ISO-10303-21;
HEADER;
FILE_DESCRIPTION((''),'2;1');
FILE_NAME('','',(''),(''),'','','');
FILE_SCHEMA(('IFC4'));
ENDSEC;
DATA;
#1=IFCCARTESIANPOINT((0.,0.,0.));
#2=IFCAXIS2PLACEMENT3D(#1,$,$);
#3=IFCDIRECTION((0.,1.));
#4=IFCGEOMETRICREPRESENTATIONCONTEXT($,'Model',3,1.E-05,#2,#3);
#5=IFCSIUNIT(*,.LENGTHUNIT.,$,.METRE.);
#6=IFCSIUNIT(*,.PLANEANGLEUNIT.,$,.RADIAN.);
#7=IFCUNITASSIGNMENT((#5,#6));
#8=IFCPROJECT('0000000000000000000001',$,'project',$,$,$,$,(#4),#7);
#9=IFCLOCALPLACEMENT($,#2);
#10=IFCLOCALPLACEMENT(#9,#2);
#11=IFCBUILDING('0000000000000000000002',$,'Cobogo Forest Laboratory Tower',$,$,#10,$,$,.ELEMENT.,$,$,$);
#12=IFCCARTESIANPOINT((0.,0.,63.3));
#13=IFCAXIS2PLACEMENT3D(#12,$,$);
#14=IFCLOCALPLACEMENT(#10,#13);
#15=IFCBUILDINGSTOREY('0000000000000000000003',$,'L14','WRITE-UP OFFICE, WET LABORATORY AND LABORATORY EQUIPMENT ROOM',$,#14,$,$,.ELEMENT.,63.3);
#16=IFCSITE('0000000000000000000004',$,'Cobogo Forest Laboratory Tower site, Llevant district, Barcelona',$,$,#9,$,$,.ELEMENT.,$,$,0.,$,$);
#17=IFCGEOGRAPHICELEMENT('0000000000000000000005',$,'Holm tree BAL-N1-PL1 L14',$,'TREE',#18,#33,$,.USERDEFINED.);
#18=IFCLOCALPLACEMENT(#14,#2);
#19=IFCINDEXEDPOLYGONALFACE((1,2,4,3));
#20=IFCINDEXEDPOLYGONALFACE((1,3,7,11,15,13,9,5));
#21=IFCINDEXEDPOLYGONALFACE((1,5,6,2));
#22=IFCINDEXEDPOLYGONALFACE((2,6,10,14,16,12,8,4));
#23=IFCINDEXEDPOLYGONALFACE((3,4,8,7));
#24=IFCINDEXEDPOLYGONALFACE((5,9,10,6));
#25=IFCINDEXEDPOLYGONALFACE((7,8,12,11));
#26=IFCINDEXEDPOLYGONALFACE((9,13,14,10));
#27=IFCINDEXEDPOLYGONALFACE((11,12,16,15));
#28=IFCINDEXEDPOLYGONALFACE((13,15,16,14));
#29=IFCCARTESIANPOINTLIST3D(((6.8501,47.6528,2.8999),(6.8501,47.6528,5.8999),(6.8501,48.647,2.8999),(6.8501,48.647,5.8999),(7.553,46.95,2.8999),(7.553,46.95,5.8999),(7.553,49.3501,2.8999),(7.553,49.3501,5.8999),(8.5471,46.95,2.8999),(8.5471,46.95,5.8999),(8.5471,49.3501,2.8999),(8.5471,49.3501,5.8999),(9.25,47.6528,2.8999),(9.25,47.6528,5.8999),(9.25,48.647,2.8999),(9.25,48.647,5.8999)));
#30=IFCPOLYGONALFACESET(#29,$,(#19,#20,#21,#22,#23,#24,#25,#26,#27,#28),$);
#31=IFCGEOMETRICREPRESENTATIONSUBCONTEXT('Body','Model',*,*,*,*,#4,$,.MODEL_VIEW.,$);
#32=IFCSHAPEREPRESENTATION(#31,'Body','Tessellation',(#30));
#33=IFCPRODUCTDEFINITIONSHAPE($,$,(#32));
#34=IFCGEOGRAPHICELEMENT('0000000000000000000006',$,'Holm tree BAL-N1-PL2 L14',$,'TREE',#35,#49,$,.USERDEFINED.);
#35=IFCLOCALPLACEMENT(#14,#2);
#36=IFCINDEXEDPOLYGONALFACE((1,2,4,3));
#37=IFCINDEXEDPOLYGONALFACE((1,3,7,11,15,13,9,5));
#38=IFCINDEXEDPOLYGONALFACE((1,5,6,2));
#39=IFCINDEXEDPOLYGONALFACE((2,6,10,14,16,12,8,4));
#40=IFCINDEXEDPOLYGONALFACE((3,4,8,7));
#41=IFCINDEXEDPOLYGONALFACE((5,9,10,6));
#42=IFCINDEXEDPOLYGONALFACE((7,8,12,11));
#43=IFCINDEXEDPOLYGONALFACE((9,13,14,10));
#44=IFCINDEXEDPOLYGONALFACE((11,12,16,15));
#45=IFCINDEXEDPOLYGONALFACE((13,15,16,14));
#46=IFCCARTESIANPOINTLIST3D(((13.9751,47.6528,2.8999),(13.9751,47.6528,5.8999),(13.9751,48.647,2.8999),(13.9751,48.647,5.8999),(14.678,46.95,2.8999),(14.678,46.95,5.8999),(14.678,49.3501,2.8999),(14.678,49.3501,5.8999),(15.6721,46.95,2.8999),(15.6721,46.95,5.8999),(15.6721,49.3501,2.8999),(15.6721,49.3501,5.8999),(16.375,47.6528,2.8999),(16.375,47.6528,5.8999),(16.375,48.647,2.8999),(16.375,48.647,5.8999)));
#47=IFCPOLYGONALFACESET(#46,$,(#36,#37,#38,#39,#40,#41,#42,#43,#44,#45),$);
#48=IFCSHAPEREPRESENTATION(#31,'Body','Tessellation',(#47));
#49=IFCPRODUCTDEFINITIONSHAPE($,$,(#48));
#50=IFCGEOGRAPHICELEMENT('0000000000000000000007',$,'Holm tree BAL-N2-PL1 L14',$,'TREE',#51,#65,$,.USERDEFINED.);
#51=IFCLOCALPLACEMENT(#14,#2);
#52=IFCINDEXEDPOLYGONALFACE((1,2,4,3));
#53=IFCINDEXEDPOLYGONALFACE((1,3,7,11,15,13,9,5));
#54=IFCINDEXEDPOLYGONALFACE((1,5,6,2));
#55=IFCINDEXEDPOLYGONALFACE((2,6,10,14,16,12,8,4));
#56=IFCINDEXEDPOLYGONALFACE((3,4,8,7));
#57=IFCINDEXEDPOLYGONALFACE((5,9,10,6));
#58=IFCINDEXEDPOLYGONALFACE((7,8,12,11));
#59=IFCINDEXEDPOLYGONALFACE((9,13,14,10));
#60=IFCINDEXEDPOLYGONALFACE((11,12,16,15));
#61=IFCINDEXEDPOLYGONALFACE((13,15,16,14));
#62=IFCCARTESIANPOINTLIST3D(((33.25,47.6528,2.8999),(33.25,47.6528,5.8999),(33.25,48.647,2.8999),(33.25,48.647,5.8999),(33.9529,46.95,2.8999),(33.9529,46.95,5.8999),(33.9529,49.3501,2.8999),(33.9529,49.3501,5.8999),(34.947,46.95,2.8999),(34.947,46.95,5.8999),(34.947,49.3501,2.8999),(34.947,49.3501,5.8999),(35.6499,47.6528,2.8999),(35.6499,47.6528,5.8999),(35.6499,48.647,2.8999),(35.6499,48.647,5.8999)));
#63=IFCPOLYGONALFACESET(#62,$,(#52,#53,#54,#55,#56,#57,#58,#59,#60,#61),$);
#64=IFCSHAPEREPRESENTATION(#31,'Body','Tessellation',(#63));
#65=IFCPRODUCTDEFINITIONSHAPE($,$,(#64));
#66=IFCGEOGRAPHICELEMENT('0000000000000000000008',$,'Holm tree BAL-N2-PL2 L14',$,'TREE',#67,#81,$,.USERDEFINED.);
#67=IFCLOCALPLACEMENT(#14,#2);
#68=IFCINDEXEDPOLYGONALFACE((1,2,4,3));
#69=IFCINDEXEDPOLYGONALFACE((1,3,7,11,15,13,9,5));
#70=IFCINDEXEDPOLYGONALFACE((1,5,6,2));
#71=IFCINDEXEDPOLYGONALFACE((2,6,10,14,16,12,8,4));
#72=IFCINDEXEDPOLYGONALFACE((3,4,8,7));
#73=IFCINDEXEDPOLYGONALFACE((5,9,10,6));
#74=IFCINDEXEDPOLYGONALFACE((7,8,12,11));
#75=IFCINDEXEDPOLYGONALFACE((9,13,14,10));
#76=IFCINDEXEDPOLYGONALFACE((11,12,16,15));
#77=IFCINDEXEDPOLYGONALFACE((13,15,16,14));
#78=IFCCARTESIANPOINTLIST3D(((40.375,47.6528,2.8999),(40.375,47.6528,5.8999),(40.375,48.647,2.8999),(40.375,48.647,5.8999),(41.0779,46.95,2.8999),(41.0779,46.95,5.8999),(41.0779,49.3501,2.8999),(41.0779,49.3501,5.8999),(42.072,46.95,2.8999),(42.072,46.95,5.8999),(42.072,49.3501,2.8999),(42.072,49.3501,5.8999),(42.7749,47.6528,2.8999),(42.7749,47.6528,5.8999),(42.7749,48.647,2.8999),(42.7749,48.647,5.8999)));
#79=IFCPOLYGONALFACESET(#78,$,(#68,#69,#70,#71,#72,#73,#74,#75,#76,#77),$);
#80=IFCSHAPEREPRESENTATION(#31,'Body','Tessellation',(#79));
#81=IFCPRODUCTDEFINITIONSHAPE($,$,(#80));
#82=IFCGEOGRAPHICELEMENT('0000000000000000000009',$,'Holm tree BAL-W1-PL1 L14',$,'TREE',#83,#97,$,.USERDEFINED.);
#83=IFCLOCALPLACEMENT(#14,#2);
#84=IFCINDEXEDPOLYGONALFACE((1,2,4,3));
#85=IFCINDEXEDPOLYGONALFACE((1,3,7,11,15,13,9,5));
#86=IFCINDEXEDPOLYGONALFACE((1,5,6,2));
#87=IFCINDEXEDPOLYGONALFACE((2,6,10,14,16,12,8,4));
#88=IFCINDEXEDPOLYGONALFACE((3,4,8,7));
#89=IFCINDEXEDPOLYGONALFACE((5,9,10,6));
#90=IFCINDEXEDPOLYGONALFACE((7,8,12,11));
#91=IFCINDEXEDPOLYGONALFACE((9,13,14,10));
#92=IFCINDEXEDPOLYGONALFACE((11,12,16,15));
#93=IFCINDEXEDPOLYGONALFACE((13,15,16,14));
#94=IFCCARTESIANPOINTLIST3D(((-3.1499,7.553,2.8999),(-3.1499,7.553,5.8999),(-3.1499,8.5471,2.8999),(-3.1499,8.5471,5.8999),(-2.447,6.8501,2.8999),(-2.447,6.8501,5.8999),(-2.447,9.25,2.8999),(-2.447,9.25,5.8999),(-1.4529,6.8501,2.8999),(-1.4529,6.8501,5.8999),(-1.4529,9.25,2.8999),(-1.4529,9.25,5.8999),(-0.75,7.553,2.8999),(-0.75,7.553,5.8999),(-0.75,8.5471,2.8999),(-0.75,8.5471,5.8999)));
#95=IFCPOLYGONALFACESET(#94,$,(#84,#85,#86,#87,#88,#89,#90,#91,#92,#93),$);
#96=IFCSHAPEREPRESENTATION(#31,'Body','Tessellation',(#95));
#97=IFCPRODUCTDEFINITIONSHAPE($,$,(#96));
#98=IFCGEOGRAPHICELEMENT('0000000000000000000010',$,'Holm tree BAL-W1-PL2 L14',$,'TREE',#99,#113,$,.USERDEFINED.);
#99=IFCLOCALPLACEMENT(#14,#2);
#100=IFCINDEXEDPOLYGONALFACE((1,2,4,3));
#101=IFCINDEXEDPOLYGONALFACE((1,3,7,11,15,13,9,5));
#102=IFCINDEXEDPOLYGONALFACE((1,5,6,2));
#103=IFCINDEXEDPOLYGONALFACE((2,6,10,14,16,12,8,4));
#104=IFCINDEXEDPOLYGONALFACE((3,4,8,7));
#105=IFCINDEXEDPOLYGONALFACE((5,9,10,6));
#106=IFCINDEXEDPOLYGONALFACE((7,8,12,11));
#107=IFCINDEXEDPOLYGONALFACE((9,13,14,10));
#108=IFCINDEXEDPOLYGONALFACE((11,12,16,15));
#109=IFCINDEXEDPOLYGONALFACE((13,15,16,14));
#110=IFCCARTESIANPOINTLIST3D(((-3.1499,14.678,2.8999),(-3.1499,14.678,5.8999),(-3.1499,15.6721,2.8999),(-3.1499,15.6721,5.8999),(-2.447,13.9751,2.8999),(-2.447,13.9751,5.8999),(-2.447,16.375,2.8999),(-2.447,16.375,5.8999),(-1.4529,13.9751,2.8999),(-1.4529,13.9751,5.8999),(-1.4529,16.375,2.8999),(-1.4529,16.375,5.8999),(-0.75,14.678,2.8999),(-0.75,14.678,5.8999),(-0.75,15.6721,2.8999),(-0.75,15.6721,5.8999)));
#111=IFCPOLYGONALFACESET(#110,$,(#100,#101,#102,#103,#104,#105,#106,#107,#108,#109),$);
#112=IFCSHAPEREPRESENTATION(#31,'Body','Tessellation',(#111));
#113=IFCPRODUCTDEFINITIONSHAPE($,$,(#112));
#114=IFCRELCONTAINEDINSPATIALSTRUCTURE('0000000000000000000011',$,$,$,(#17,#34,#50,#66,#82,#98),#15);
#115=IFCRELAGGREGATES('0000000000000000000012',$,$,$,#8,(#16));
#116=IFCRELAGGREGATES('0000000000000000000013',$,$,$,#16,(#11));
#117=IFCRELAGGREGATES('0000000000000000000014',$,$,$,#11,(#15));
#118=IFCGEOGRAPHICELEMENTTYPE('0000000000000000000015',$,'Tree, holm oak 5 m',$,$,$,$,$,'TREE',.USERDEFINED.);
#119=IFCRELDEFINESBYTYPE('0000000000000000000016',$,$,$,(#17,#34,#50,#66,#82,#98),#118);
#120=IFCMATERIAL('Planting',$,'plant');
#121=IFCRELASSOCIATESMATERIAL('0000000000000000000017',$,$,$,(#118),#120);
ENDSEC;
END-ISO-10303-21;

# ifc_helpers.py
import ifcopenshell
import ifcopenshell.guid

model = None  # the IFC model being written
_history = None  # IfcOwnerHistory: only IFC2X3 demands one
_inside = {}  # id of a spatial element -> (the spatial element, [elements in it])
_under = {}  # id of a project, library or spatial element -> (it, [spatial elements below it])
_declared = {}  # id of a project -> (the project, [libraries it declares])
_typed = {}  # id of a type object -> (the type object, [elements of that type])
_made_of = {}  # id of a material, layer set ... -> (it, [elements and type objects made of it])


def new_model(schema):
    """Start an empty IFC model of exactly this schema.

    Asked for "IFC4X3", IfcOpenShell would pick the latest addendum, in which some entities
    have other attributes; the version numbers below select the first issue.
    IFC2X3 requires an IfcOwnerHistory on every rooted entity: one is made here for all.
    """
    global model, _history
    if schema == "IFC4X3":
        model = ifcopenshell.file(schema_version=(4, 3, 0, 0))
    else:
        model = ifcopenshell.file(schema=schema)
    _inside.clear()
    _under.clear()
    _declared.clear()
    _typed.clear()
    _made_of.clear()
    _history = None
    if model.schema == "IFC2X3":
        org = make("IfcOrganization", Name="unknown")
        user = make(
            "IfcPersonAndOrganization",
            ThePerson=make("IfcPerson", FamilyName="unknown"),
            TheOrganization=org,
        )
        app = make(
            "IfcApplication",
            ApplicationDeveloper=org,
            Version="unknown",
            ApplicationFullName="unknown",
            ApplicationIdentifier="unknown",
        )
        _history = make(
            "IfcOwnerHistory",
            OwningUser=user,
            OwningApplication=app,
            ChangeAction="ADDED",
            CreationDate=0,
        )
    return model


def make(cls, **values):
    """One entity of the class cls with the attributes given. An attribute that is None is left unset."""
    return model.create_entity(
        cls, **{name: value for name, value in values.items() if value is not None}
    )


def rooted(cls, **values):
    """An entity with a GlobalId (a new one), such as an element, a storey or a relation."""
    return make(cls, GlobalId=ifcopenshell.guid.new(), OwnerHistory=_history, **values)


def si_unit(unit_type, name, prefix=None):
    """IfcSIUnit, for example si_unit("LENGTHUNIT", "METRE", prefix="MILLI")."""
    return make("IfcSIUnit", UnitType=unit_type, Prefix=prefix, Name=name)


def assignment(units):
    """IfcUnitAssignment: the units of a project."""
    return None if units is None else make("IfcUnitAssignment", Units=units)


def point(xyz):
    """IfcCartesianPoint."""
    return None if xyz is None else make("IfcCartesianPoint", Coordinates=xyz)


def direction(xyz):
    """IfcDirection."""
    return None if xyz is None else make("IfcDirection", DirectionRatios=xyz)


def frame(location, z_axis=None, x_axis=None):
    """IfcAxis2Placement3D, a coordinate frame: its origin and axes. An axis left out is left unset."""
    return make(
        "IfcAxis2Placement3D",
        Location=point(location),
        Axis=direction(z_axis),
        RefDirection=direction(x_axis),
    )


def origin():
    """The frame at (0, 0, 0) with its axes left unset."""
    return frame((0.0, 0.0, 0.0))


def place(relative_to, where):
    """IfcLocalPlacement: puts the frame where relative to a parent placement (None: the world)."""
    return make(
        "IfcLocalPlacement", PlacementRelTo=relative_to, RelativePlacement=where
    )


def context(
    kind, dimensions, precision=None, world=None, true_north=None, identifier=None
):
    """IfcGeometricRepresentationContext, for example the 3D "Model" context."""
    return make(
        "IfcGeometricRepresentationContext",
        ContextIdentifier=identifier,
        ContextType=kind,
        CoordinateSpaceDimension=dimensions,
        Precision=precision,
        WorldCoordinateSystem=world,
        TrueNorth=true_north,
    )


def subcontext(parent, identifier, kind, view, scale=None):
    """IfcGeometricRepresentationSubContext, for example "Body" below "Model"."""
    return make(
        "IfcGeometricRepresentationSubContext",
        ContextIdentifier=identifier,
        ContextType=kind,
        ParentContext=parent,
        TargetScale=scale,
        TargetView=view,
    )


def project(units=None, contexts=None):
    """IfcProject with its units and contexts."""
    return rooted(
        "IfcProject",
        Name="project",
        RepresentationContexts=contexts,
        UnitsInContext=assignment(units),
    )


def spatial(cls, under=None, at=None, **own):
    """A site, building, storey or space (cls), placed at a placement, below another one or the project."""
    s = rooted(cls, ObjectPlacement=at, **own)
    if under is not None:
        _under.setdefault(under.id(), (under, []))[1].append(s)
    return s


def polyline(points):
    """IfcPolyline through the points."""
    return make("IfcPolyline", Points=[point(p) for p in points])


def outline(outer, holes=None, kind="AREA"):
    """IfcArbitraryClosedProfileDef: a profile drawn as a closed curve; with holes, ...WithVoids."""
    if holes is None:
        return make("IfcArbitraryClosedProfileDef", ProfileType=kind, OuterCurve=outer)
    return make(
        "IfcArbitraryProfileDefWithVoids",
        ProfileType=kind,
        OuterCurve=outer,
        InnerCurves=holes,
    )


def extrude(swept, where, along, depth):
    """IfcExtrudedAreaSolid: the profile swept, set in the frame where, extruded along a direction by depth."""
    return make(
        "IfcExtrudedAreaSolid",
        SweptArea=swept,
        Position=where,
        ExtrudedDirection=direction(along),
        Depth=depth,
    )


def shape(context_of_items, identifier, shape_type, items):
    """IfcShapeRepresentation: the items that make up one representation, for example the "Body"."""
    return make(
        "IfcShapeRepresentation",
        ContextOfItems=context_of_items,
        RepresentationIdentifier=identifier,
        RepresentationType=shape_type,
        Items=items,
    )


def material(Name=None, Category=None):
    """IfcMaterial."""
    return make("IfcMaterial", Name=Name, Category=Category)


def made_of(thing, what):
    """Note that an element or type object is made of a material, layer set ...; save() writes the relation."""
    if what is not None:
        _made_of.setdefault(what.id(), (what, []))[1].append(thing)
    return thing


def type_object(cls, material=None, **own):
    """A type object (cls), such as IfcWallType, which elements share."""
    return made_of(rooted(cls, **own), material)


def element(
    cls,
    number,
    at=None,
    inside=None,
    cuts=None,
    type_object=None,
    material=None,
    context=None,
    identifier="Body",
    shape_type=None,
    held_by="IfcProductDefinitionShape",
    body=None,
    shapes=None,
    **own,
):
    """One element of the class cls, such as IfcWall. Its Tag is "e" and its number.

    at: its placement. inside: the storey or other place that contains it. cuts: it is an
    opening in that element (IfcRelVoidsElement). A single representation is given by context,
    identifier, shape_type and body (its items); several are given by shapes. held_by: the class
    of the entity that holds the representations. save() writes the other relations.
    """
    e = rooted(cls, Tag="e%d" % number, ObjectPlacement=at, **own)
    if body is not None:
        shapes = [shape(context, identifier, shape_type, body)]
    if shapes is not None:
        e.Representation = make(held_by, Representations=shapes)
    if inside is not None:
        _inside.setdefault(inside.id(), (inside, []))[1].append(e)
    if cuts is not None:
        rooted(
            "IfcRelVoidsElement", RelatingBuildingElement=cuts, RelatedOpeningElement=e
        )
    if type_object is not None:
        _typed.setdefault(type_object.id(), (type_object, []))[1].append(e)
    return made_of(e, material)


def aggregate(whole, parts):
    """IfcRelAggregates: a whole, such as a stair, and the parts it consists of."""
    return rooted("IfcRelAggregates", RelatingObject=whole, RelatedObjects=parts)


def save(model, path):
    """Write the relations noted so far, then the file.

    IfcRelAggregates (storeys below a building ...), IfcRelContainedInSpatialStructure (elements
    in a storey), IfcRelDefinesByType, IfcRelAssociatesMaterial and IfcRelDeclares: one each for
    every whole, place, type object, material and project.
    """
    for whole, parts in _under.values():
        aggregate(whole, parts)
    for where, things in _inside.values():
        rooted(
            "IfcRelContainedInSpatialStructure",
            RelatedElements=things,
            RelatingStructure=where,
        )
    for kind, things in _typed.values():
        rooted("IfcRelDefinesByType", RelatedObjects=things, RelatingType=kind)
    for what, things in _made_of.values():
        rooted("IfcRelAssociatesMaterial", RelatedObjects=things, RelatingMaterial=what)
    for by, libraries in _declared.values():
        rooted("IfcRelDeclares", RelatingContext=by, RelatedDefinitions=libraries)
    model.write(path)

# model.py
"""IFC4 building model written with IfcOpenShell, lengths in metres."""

from ifc_helpers import new_model, si_unit, direction, frame, origin, place, context, subcontext, project, spatial, polyline, outline, extrude, material, type_object, element, save


model = new_model("IFC4")

# Units and contexts
model_context = context("Model", 3, precision=1e-05, world=origin(), true_north=direction((0.0, 1.0)))
body_context = subcontext(model_context, "Body", "Model", "MODEL_VIEW")
ifc_project = project(units=[si_unit("LENGTHUNIT", "METRE"), si_unit("PLANEANGLEUNIT", "RADIAN")], contexts=[model_context])

# Site, building, storey
site_placement = place(None, origin())
site = spatial("IfcSite", under=ifc_project, at=site_placement, Name="Cobogo Forest Laboratory Tower site, Llevant district, Barcelona", CompositionType="ELEMENT", RefElevation=0.0)
building_placement = place(site_placement, origin())
building = spatial("IfcBuilding", under=site, at=building_placement, Name="Cobogo Forest Laboratory Tower", CompositionType="ELEMENT")
storey_placement = place(building_placement, frame((0.0, 0.0, 63.3)))
storey = spatial("IfcBuildingStorey", under=building, at=storey_placement, Name="L14", Description="WRITE-UP OFFICE, WET LABORATORY AND LABORATORY EQUIPMENT ROOM", CompositionType="ELEMENT", Elevation=63.3)

# Geographic elements
ifc_material_1 = material(Name="Planting", Category="plant")
geographic_element_type = type_object("IfcGeographicElementType", Name="Tree, holm oak 5 m", ElementType="TREE", PredefinedType="USERDEFINED", material=ifc_material_1)
geographic_element_1_placement = place(storey_placement, frame((0.0, 0.0, 2.8999)))
element("IfcGeographicElement", 1, at=geographic_element_1_placement, inside=storey, type_object=geographic_element_type, Name="Holm tree BAL-N1-PL1 L14", ObjectType="TREE", PredefinedType="USERDEFINED", context=body_context, shape_type="SweptSolid", body=[
    extrude(outline(polyline([(9.25, 47.6528), (9.25, 48.647), (8.5471, 49.3501), (7.553, 49.3501), (6.8501, 48.647), (6.8501, 47.6528), (7.553, 46.95), (8.5471, 46.95), (9.25, 47.6528)])), origin(), (0.0, 0.0, 1.0), 3.0),
])
geographic_element_2_placement = place(storey_placement, frame((0.0, 0.0, 2.8999)))
element("IfcGeographicElement", 2, at=geographic_element_2_placement, inside=storey, type_object=geographic_element_type, Name="Holm tree BAL-N1-PL2 L14", ObjectType="TREE", PredefinedType="USERDEFINED", context=body_context, shape_type="SweptSolid", body=[
    extrude(outline(polyline([(16.375, 47.6528), (16.375, 48.647), (15.6721, 49.3501), (14.678, 49.3501), (13.9751, 48.647), (13.9751, 47.6528), (14.678, 46.95), (15.6721, 46.95), (16.375, 47.6528)])), origin(), (0.0, 0.0, 1.0), 3.0),
])
geographic_element_3_placement = place(storey_placement, frame((0.0, 0.0, 2.8999)))
element("IfcGeographicElement", 3, at=geographic_element_3_placement, inside=storey, type_object=geographic_element_type, Name="Holm tree BAL-N2-PL1 L14", ObjectType="TREE", PredefinedType="USERDEFINED", context=body_context, shape_type="SweptSolid", body=[
    extrude(outline(polyline([(35.6499, 47.6528), (35.6499, 48.647), (34.947, 49.3501), (33.9529, 49.3501), (33.25, 48.647), (33.25, 47.6528), (33.9529, 46.95), (34.947, 46.95), (35.6499, 47.6528)])), origin(), (0.0, 0.0, 1.0), 3.0),
])
geographic_element_4_placement = place(storey_placement, frame((0.0, 0.0, 2.8999)))
element("IfcGeographicElement", 4, at=geographic_element_4_placement, inside=storey, type_object=geographic_element_type, Name="Holm tree BAL-N2-PL2 L14", ObjectType="TREE", PredefinedType="USERDEFINED", context=body_context, shape_type="SweptSolid", body=[
    extrude(outline(polyline([(42.7749, 47.6528), (42.7749, 48.647), (42.072, 49.3501), (41.0779, 49.3501), (40.375, 48.647), (40.375, 47.6528), (41.0779, 46.95), (42.072, 46.95), (42.7749, 47.6528)])), origin(), (0.0, 0.0, 1.0), 3.0),
])
geographic_element_5_placement = place(storey_placement, frame((0.0, 0.0, 2.8999)))
element("IfcGeographicElement", 5, at=geographic_element_5_placement, inside=storey, type_object=geographic_element_type, Name="Holm tree BAL-W1-PL1 L14", ObjectType="TREE", PredefinedType="USERDEFINED", context=body_context, shape_type="SweptSolid", body=[
    extrude(outline(polyline([(-0.75, 7.553), (-0.75, 8.5471), (-1.4529, 9.25), (-2.447, 9.25), (-3.1499, 8.5471), (-3.1499, 7.553), (-2.447, 6.8501), (-1.4529, 6.8501), (-0.75, 7.553)])), origin(), (0.0, 0.0, 1.0), 3.0),
])
geographic_element_6_placement = place(storey_placement, frame((0.0, 0.0, 2.8999)))
element("IfcGeographicElement", 6, at=geographic_element_6_placement, inside=storey, type_object=geographic_element_type, Name="Holm tree BAL-W1-PL2 L14", ObjectType="TREE", PredefinedType="USERDEFINED", context=body_context, shape_type="SweptSolid", body=[
    extrude(outline(polyline([(-0.75, 14.678), (-0.75, 15.6721), (-1.4529, 16.375), (-2.447, 16.375), (-3.1499, 15.6721), (-3.1499, 14.678), (-2.447, 13.9751), (-1.4529, 13.9751), (-0.75, 14.678)])), origin(), (0.0, 0.0, 1.0), 3.0),
])

save(model, "model.ifc")
